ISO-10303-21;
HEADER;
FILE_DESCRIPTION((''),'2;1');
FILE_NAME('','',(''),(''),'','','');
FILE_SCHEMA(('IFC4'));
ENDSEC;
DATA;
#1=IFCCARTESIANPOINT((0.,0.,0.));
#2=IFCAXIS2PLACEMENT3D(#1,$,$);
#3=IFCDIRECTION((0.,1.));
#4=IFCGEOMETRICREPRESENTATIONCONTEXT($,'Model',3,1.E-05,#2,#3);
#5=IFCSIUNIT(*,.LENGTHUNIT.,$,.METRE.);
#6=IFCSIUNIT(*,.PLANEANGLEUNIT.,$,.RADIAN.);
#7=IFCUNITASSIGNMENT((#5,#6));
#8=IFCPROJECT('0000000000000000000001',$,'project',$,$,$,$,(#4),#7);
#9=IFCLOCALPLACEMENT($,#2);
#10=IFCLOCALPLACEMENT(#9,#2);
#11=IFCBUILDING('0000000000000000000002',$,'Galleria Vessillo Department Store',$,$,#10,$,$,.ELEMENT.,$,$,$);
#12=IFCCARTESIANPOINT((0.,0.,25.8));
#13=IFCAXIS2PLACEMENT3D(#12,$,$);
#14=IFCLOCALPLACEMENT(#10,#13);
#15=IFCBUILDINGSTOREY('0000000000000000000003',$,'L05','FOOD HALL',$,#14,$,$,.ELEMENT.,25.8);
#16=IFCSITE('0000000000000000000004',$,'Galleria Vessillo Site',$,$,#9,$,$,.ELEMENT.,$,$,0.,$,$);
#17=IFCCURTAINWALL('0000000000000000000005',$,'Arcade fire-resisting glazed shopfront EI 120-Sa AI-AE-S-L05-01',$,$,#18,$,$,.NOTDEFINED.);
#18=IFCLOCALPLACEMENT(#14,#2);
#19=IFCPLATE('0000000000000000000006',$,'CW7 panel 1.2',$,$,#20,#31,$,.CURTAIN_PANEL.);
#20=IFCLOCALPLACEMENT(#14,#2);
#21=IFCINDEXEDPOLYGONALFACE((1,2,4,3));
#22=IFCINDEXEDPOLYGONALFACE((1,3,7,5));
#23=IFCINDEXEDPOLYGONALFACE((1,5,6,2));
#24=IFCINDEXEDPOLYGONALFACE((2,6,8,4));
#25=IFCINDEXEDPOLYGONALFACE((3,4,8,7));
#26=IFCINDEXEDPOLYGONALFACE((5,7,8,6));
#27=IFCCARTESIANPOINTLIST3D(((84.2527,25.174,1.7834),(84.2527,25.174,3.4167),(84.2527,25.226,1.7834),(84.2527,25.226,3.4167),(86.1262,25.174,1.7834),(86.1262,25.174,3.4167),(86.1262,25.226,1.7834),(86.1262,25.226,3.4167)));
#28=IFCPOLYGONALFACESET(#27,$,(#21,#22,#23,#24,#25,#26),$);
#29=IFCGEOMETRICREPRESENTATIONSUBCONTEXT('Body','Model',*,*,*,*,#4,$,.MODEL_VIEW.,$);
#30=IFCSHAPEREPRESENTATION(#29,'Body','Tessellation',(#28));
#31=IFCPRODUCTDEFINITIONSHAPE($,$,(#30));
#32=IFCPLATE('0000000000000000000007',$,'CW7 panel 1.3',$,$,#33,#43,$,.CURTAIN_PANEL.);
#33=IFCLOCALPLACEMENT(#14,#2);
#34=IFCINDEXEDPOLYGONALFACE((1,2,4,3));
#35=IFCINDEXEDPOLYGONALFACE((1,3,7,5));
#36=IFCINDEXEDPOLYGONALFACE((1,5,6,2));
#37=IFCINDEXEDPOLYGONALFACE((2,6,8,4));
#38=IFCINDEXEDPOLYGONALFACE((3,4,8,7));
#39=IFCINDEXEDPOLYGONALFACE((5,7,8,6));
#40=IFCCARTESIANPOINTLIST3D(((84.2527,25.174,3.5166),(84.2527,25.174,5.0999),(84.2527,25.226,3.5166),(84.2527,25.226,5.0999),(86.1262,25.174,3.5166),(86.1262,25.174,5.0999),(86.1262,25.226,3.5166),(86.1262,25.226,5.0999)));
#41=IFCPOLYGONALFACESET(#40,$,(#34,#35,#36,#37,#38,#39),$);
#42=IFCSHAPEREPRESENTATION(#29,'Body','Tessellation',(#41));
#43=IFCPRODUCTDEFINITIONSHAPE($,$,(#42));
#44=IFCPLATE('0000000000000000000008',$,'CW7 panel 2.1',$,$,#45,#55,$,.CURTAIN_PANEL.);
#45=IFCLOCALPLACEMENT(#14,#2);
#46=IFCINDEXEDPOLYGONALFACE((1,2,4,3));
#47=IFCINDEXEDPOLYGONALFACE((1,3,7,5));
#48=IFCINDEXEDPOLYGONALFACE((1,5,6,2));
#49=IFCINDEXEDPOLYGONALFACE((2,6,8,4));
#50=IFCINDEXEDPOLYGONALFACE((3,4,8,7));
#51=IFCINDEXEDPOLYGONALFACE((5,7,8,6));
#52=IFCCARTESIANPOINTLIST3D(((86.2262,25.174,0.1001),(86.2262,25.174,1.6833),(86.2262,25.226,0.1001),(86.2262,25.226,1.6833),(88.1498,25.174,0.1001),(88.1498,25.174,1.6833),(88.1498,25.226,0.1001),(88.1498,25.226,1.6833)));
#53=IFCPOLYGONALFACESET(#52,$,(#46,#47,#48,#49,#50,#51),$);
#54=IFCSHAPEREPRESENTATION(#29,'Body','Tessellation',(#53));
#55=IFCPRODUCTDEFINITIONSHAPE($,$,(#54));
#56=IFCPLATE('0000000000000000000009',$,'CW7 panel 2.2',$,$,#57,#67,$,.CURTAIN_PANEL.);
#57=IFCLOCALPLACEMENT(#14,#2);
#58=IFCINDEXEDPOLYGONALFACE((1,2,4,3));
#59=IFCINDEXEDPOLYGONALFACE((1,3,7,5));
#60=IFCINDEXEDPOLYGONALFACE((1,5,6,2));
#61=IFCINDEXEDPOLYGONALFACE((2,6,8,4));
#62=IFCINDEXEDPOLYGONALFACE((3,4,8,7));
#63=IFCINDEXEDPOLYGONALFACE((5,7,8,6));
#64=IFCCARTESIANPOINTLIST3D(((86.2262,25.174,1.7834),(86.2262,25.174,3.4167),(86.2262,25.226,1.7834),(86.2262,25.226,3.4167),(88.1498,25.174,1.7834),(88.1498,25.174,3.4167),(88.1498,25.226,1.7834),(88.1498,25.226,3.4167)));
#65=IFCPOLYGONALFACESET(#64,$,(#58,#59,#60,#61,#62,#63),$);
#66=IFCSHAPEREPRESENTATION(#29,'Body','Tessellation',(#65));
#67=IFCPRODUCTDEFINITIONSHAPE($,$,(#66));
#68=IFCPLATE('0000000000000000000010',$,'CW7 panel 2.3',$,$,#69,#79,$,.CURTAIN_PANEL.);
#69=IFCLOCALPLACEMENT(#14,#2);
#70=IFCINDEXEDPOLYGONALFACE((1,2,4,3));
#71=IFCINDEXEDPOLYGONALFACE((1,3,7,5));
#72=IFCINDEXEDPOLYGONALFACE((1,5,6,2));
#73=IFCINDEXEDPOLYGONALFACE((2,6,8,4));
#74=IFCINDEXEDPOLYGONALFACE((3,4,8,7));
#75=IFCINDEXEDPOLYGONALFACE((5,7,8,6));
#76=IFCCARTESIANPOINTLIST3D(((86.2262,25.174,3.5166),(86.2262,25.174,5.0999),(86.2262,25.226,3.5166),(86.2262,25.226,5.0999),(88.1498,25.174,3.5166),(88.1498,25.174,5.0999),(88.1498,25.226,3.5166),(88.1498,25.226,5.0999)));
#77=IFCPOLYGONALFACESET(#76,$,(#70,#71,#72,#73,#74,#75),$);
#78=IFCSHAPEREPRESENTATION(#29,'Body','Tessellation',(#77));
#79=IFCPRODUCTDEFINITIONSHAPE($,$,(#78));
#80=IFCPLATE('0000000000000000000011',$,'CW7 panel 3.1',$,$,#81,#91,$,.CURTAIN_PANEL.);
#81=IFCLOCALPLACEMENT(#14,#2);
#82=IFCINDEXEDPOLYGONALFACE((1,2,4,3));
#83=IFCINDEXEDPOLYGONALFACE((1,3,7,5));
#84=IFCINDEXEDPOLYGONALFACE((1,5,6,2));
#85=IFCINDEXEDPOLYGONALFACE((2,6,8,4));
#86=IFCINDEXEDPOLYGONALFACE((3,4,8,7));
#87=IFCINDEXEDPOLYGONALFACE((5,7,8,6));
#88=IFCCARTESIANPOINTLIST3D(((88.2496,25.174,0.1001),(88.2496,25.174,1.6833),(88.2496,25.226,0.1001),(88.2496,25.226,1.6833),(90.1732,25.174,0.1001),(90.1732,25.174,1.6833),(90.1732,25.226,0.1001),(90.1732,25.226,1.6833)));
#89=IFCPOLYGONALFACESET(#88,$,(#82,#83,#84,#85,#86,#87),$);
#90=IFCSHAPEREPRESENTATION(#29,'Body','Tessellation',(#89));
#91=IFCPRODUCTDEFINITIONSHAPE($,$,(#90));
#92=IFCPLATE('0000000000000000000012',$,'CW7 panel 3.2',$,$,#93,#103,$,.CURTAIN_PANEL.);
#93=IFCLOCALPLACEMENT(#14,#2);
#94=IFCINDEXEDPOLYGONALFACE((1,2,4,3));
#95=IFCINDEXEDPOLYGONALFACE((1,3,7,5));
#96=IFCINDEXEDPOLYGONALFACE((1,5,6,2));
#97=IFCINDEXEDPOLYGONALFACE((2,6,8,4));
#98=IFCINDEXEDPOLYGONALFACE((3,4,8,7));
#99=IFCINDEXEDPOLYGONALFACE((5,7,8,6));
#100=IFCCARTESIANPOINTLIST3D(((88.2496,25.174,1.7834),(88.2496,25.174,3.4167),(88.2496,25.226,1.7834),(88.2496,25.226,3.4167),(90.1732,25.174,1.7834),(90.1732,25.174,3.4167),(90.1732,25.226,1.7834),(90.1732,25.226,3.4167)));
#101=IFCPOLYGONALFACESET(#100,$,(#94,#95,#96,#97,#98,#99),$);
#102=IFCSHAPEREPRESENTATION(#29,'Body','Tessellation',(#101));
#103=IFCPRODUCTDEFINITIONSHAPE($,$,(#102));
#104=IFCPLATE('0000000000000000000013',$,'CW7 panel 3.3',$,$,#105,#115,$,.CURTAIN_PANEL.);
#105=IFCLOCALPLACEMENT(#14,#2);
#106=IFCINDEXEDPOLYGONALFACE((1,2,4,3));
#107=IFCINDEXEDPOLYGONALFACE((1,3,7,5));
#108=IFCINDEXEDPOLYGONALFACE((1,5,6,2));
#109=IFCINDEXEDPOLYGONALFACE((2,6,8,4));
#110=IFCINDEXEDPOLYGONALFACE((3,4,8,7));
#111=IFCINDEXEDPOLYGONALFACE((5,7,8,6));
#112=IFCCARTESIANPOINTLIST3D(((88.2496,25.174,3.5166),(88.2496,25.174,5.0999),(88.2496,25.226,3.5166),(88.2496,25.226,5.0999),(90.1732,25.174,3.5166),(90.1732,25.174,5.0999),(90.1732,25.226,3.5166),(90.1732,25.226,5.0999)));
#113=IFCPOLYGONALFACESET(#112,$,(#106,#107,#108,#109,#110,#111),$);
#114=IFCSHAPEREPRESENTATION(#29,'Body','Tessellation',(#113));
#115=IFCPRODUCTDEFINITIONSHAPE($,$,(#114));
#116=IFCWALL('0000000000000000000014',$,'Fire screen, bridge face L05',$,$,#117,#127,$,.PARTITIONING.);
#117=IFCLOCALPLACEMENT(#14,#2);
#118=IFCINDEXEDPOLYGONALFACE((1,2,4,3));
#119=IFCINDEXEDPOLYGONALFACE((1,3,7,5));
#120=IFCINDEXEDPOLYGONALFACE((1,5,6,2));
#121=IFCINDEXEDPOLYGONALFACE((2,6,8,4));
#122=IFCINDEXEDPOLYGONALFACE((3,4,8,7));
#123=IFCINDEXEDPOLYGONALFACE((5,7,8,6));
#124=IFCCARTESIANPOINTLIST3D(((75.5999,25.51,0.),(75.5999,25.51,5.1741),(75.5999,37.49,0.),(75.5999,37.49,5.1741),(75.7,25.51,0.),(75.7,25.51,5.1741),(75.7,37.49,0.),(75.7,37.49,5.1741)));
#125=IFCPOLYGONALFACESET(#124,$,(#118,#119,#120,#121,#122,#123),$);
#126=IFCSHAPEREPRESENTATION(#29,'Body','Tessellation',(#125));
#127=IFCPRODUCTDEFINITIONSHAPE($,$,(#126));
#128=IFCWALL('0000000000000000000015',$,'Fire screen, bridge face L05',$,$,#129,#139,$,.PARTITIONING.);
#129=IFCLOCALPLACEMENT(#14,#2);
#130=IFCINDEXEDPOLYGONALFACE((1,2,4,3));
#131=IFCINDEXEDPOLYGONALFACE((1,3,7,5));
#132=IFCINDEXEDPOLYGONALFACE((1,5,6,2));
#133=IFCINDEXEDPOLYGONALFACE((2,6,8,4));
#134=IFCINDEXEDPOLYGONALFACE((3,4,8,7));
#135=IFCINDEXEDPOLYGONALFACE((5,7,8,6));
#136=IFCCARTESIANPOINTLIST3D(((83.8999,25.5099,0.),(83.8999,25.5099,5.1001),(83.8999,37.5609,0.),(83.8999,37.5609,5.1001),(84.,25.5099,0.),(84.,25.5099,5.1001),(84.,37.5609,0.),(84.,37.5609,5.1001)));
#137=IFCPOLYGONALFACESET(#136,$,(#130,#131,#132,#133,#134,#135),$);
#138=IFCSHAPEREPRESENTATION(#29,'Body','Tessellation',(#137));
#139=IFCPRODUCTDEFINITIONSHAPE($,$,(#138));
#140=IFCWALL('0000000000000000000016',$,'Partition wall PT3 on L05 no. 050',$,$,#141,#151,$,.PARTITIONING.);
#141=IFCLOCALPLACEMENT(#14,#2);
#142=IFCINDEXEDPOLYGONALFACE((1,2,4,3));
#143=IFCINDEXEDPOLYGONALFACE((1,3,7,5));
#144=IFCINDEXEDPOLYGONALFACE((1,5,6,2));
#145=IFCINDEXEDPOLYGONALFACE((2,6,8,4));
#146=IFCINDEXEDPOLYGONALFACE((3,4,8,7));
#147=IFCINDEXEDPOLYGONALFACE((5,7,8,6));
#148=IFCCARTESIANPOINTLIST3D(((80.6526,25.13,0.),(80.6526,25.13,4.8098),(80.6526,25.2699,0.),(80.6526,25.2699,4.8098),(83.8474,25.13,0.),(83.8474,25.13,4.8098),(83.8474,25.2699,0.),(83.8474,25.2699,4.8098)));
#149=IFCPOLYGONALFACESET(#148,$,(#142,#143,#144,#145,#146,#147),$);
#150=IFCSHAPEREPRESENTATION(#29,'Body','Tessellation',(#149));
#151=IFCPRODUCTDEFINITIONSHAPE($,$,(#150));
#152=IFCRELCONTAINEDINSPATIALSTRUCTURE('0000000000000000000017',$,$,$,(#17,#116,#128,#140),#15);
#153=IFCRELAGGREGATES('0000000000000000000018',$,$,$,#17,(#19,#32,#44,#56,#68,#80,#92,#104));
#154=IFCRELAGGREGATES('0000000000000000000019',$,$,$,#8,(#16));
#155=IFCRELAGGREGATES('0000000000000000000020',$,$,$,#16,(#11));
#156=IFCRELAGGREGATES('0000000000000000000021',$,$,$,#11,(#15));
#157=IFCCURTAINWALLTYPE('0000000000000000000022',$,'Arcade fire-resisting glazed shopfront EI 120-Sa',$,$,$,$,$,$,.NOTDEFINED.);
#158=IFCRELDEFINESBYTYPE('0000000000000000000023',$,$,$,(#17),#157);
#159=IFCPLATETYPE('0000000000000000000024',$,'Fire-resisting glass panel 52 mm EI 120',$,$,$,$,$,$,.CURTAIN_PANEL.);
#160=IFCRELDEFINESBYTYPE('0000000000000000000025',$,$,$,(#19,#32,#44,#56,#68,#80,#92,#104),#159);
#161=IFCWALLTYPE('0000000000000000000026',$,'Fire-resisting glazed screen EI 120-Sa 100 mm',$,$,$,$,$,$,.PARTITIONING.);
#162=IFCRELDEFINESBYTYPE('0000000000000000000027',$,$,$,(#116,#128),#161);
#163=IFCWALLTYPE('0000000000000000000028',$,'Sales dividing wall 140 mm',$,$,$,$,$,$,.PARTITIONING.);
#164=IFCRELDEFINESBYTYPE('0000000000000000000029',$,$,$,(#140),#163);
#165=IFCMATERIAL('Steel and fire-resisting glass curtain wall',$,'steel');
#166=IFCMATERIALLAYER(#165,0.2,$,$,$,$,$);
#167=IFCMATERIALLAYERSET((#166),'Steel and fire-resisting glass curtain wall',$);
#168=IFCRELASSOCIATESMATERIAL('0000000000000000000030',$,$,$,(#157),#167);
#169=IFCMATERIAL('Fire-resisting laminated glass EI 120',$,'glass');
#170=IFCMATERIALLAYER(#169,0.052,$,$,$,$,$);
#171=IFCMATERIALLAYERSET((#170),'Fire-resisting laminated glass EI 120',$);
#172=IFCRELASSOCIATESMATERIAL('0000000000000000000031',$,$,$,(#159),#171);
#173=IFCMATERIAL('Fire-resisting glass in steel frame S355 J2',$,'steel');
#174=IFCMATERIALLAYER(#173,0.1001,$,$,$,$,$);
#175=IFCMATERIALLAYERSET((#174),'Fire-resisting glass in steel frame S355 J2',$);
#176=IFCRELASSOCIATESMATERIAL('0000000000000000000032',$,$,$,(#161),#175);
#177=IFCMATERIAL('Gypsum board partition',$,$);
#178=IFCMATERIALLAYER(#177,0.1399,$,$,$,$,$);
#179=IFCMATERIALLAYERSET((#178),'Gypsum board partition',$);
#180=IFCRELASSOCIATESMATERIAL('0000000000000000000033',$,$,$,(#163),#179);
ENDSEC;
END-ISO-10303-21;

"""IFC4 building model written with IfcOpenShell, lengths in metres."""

from ifc_helpers import new_model, si_unit, direction, frame, frame_2d, origin, origin_2d, place, context, subcontext, project, spatial, rectangle, extrude, material, layer, layer_set, type_object, element, aggregate, save


model = new_model("IFC4")

# Units and contexts
model_context = context("Model", 3, precision=1e-05, world=origin(), true_north=direction((0.0, 1.0)))
body_context = subcontext(model_context, "Body", "Model", "MODEL_VIEW")
ifc_project = project(units=[si_unit("LENGTHUNIT", "METRE"), si_unit("PLANEANGLEUNIT", "RADIAN")], contexts=[model_context])

# Site, building, storey
site_placement = place(None, origin())
site = spatial("IfcSite", under=ifc_project, at=site_placement, Name="Galleria Vessillo Site", CompositionType="ELEMENT", RefElevation=0.0)
building_placement = place(site_placement, origin())
building = spatial("IfcBuilding", under=site, at=building_placement, Name="Galleria Vessillo Department Store", CompositionType="ELEMENT")
storey_placement = place(building_placement, frame((0.0, 0.0, 25.8)))
storey = spatial("IfcBuildingStorey", under=building, at=storey_placement, Name="L05", Description="FOOD HALL", CompositionType="ELEMENT", Elevation=25.8)

# Curtain wall
ifc_material_1 = material(Name="Steel and fire-resisting glass curtain wall", Category="steel")
ifc_layer_1 = layer(ifc_material_1, 0.2)
ifc_layer_set_1 = layer_set([ifc_layer_1], Name="Steel and fire-resisting glass curtain wall")
curtain_wall_type = type_object("IfcCurtainWallType", Name="Arcade fire-resisting glazed shopfront EI 120-Sa", PredefinedType="NOTDEFINED", material=ifc_layer_set_1)
curtain_wall_placement = place(storey_placement, origin())
curtain_wall = element("IfcCurtainWall", 1, at=curtain_wall_placement, inside=storey, type_object=curtain_wall_type, Name="Arcade fire-resisting glazed shopfront EI 120-Sa AI-AE-S-L05-01", PredefinedType="NOTDEFINED")

# Plates
ifc_material_2 = material(Name="Fire-resisting laminated glass EI 120", Category="glass")
ifc_layer_2 = layer(ifc_material_2, 0.052)
ifc_layer_set_2 = layer_set([ifc_layer_2], Name="Fire-resisting laminated glass EI 120")
plate_type = type_object("IfcPlateType", Name="Fire-resisting glass panel 52 mm EI 120", PredefinedType="CURTAIN_PANEL", material=ifc_layer_set_2)
plate_1_placement = place(storey_placement, frame((85.1895, 25.2, 1.7834), z_axis=(0.0, 0.0, 1.0), x_axis=(1.0, 0.0, 0.0)))
plate_1 = element("IfcPlate", 2, at=plate_1_placement, type_object=plate_type, Name="CW7 panel 1.2", PredefinedType="CURTAIN_PANEL", context=body_context, shape_type="SweptSolid", body=[
    extrude(rectangle(XDim=1.8735, YDim=0.052, at=origin_2d()), origin(), (0.0, 0.0, 1.0), 1.6333),
])
plate_2_placement = place(storey_placement, frame((85.1895, 25.2, 3.5166), z_axis=(0.0, 0.0, 1.0), x_axis=(1.0, 0.0, 0.0)))
plate_2 = element("IfcPlate", 3, at=plate_2_placement, type_object=plate_type, Name="CW7 panel 1.3", PredefinedType="CURTAIN_PANEL", context=body_context, shape_type="SweptSolid", body=[
    extrude(rectangle(XDim=1.8735, YDim=0.052, at=origin_2d()), origin(), (0.0, 0.0, 1.0), 1.5833),
])
plate_3_placement = place(storey_placement, frame((87.188, 25.2, 0.1001), z_axis=(0.0, 0.0, 1.0), x_axis=(1.0, 0.0, 0.0)))
plate_3 = element("IfcPlate", 4, at=plate_3_placement, type_object=plate_type, Name="CW7 panel 2.1", PredefinedType="CURTAIN_PANEL", context=body_context, shape_type="SweptSolid", body=[
    extrude(rectangle(XDim=1.9236, YDim=0.052, at=origin_2d()), origin(), (0.0, 0.0, 1.0), 1.5833),
])
plate_4_placement = place(storey_placement, frame((87.188, 25.2, 1.7834), z_axis=(0.0, 0.0, 1.0), x_axis=(1.0, 0.0, 0.0)))
plate_4 = element("IfcPlate", 5, at=plate_4_placement, type_object=plate_type, Name="CW7 panel 2.2", PredefinedType="CURTAIN_PANEL", context=body_context, shape_type="SweptSolid", body=[
    extrude(rectangle(XDim=1.9236, YDim=0.052, at=origin_2d()), origin(), (0.0, 0.0, 1.0), 1.6333),
])
plate_5_placement = place(storey_placement, frame((87.188, 25.2, 3.5166), z_axis=(0.0, 0.0, 1.0), x_axis=(1.0, 0.0, 0.0)))
plate_5 = element("IfcPlate", 6, at=plate_5_placement, type_object=plate_type, Name="CW7 panel 2.3", PredefinedType="CURTAIN_PANEL", context=body_context, shape_type="SweptSolid", body=[
    extrude(rectangle(XDim=1.9236, YDim=0.052, at=origin_2d()), origin(), (0.0, 0.0, 1.0), 1.5833),
])
plate_6_placement = place(storey_placement, frame((89.2114, 25.2, 0.1001), z_axis=(0.0, 0.0, 1.0), x_axis=(1.0, 0.0, 0.0)))
plate_6 = element("IfcPlate", 7, at=plate_6_placement, type_object=plate_type, Name="CW7 panel 3.1", PredefinedType="CURTAIN_PANEL", context=body_context, shape_type="SweptSolid", body=[
    extrude(rectangle(XDim=1.9236, YDim=0.052, at=origin_2d()), origin(), (0.0, 0.0, 1.0), 1.5833),
])
plate_7_placement = place(storey_placement, frame((89.2114, 25.2, 1.7834), z_axis=(0.0, 0.0, 1.0), x_axis=(1.0, 0.0, 0.0)))
plate_7 = element("IfcPlate", 8, at=plate_7_placement, type_object=plate_type, Name="CW7 panel 3.2", PredefinedType="CURTAIN_PANEL", context=body_context, shape_type="SweptSolid", body=[
    extrude(rectangle(XDim=1.9236, YDim=0.052, at=origin_2d()), origin(), (0.0, 0.0, 1.0), 1.6333),
])
plate_8_placement = place(storey_placement, frame((89.2114, 25.2, 3.5166), z_axis=(0.0, 0.0, 1.0), x_axis=(1.0, 0.0, 0.0)))
plate_8 = element("IfcPlate", 9, at=plate_8_placement, type_object=plate_type, Name="CW7 panel 3.3", PredefinedType="CURTAIN_PANEL", context=body_context, shape_type="SweptSolid", body=[
    extrude(rectangle(XDim=1.9236, YDim=0.052, at=origin_2d()), origin(), (0.0, 0.0, 1.0), 1.5833),
])
aggregate(curtain_wall, [plate_1, plate_2, plate_3, plate_4, plate_5, plate_6, plate_7, plate_8])

# Walls
ifc_material_3 = material(Name="Fire-resisting glass in steel frame S355 J2", Category="steel")
ifc_layer_3 = layer(ifc_material_3, 0.1001)
ifc_layer_set_3 = layer_set([ifc_layer_3], Name="Fire-resisting glass in steel frame S355 J2")
wall_type_1 = type_object("IfcWallType", Name="Fire-resisting glazed screen EI 120-Sa 100 mm", PredefinedType="PARTITIONING", material=ifc_layer_set_3)
wall_1_placement = place(storey_placement, frame((75.6499, 25.51, 0.0), z_axis=(0.0, 0.0, 1.0), x_axis=(0.0, 1.0, 0.0)))
element("IfcWall", 10, at=wall_1_placement, inside=storey, type_object=wall_type_1, Name="Fire screen, bridge face L05", PredefinedType="PARTITIONING", context=body_context, shape_type="SweptSolid", body=[
    extrude(rectangle(XDim=11.98, YDim=0.1001, at=frame_2d((5.99, 0.0))), origin(), (0.0, 0.0, 1.0), 5.1741),
])
wall_2_placement = place(storey_placement, frame((83.95, 25.51, 0.0), z_axis=(0.0, 0.0, 1.0), x_axis=(0.0, 1.0, 0.0)))
element("IfcWall", 11, at=wall_2_placement, inside=storey, type_object=wall_type_1, Name="Fire screen, bridge face L05", PredefinedType="PARTITIONING", context=body_context, shape_type="SweptSolid", body=[
    extrude(rectangle(XDim=12.051, YDim=0.1001, at=frame_2d((6.0254, 0.0))), origin(), (0.0, 0.0, 1.0), 5.1001),
])
ifc_material_4 = material(Name="Gypsum board partition")
ifc_layer_4 = layer(ifc_material_4, 0.1399)
ifc_layer_set_4 = layer_set([ifc_layer_4], Name="Gypsum board partition")
wall_type_2 = type_object("IfcWallType", Name="Sales dividing wall 140 mm", PredefinedType="PARTITIONING", material=ifc_layer_set_4)
wall_3_placement = place(storey_placement, frame((80.6526, 25.2, 0.0), z_axis=(0.0, 0.0, 1.0), x_axis=(1.0, 0.0, 0.0)))
element("IfcWall", 12, at=wall_3_placement, inside=storey, type_object=wall_type_2, Name="Partition wall PT3 on L05 no. 050", PredefinedType="PARTITIONING", context=body_context, shape_type="SweptSolid", body=[
    extrude(rectangle(XDim=3.1948, YDim=0.1399, at=frame_2d((1.5974, 0.0))), origin(), (0.0, 0.0, 1.0), 4.8098),
])

save(model, "model.ifc")
